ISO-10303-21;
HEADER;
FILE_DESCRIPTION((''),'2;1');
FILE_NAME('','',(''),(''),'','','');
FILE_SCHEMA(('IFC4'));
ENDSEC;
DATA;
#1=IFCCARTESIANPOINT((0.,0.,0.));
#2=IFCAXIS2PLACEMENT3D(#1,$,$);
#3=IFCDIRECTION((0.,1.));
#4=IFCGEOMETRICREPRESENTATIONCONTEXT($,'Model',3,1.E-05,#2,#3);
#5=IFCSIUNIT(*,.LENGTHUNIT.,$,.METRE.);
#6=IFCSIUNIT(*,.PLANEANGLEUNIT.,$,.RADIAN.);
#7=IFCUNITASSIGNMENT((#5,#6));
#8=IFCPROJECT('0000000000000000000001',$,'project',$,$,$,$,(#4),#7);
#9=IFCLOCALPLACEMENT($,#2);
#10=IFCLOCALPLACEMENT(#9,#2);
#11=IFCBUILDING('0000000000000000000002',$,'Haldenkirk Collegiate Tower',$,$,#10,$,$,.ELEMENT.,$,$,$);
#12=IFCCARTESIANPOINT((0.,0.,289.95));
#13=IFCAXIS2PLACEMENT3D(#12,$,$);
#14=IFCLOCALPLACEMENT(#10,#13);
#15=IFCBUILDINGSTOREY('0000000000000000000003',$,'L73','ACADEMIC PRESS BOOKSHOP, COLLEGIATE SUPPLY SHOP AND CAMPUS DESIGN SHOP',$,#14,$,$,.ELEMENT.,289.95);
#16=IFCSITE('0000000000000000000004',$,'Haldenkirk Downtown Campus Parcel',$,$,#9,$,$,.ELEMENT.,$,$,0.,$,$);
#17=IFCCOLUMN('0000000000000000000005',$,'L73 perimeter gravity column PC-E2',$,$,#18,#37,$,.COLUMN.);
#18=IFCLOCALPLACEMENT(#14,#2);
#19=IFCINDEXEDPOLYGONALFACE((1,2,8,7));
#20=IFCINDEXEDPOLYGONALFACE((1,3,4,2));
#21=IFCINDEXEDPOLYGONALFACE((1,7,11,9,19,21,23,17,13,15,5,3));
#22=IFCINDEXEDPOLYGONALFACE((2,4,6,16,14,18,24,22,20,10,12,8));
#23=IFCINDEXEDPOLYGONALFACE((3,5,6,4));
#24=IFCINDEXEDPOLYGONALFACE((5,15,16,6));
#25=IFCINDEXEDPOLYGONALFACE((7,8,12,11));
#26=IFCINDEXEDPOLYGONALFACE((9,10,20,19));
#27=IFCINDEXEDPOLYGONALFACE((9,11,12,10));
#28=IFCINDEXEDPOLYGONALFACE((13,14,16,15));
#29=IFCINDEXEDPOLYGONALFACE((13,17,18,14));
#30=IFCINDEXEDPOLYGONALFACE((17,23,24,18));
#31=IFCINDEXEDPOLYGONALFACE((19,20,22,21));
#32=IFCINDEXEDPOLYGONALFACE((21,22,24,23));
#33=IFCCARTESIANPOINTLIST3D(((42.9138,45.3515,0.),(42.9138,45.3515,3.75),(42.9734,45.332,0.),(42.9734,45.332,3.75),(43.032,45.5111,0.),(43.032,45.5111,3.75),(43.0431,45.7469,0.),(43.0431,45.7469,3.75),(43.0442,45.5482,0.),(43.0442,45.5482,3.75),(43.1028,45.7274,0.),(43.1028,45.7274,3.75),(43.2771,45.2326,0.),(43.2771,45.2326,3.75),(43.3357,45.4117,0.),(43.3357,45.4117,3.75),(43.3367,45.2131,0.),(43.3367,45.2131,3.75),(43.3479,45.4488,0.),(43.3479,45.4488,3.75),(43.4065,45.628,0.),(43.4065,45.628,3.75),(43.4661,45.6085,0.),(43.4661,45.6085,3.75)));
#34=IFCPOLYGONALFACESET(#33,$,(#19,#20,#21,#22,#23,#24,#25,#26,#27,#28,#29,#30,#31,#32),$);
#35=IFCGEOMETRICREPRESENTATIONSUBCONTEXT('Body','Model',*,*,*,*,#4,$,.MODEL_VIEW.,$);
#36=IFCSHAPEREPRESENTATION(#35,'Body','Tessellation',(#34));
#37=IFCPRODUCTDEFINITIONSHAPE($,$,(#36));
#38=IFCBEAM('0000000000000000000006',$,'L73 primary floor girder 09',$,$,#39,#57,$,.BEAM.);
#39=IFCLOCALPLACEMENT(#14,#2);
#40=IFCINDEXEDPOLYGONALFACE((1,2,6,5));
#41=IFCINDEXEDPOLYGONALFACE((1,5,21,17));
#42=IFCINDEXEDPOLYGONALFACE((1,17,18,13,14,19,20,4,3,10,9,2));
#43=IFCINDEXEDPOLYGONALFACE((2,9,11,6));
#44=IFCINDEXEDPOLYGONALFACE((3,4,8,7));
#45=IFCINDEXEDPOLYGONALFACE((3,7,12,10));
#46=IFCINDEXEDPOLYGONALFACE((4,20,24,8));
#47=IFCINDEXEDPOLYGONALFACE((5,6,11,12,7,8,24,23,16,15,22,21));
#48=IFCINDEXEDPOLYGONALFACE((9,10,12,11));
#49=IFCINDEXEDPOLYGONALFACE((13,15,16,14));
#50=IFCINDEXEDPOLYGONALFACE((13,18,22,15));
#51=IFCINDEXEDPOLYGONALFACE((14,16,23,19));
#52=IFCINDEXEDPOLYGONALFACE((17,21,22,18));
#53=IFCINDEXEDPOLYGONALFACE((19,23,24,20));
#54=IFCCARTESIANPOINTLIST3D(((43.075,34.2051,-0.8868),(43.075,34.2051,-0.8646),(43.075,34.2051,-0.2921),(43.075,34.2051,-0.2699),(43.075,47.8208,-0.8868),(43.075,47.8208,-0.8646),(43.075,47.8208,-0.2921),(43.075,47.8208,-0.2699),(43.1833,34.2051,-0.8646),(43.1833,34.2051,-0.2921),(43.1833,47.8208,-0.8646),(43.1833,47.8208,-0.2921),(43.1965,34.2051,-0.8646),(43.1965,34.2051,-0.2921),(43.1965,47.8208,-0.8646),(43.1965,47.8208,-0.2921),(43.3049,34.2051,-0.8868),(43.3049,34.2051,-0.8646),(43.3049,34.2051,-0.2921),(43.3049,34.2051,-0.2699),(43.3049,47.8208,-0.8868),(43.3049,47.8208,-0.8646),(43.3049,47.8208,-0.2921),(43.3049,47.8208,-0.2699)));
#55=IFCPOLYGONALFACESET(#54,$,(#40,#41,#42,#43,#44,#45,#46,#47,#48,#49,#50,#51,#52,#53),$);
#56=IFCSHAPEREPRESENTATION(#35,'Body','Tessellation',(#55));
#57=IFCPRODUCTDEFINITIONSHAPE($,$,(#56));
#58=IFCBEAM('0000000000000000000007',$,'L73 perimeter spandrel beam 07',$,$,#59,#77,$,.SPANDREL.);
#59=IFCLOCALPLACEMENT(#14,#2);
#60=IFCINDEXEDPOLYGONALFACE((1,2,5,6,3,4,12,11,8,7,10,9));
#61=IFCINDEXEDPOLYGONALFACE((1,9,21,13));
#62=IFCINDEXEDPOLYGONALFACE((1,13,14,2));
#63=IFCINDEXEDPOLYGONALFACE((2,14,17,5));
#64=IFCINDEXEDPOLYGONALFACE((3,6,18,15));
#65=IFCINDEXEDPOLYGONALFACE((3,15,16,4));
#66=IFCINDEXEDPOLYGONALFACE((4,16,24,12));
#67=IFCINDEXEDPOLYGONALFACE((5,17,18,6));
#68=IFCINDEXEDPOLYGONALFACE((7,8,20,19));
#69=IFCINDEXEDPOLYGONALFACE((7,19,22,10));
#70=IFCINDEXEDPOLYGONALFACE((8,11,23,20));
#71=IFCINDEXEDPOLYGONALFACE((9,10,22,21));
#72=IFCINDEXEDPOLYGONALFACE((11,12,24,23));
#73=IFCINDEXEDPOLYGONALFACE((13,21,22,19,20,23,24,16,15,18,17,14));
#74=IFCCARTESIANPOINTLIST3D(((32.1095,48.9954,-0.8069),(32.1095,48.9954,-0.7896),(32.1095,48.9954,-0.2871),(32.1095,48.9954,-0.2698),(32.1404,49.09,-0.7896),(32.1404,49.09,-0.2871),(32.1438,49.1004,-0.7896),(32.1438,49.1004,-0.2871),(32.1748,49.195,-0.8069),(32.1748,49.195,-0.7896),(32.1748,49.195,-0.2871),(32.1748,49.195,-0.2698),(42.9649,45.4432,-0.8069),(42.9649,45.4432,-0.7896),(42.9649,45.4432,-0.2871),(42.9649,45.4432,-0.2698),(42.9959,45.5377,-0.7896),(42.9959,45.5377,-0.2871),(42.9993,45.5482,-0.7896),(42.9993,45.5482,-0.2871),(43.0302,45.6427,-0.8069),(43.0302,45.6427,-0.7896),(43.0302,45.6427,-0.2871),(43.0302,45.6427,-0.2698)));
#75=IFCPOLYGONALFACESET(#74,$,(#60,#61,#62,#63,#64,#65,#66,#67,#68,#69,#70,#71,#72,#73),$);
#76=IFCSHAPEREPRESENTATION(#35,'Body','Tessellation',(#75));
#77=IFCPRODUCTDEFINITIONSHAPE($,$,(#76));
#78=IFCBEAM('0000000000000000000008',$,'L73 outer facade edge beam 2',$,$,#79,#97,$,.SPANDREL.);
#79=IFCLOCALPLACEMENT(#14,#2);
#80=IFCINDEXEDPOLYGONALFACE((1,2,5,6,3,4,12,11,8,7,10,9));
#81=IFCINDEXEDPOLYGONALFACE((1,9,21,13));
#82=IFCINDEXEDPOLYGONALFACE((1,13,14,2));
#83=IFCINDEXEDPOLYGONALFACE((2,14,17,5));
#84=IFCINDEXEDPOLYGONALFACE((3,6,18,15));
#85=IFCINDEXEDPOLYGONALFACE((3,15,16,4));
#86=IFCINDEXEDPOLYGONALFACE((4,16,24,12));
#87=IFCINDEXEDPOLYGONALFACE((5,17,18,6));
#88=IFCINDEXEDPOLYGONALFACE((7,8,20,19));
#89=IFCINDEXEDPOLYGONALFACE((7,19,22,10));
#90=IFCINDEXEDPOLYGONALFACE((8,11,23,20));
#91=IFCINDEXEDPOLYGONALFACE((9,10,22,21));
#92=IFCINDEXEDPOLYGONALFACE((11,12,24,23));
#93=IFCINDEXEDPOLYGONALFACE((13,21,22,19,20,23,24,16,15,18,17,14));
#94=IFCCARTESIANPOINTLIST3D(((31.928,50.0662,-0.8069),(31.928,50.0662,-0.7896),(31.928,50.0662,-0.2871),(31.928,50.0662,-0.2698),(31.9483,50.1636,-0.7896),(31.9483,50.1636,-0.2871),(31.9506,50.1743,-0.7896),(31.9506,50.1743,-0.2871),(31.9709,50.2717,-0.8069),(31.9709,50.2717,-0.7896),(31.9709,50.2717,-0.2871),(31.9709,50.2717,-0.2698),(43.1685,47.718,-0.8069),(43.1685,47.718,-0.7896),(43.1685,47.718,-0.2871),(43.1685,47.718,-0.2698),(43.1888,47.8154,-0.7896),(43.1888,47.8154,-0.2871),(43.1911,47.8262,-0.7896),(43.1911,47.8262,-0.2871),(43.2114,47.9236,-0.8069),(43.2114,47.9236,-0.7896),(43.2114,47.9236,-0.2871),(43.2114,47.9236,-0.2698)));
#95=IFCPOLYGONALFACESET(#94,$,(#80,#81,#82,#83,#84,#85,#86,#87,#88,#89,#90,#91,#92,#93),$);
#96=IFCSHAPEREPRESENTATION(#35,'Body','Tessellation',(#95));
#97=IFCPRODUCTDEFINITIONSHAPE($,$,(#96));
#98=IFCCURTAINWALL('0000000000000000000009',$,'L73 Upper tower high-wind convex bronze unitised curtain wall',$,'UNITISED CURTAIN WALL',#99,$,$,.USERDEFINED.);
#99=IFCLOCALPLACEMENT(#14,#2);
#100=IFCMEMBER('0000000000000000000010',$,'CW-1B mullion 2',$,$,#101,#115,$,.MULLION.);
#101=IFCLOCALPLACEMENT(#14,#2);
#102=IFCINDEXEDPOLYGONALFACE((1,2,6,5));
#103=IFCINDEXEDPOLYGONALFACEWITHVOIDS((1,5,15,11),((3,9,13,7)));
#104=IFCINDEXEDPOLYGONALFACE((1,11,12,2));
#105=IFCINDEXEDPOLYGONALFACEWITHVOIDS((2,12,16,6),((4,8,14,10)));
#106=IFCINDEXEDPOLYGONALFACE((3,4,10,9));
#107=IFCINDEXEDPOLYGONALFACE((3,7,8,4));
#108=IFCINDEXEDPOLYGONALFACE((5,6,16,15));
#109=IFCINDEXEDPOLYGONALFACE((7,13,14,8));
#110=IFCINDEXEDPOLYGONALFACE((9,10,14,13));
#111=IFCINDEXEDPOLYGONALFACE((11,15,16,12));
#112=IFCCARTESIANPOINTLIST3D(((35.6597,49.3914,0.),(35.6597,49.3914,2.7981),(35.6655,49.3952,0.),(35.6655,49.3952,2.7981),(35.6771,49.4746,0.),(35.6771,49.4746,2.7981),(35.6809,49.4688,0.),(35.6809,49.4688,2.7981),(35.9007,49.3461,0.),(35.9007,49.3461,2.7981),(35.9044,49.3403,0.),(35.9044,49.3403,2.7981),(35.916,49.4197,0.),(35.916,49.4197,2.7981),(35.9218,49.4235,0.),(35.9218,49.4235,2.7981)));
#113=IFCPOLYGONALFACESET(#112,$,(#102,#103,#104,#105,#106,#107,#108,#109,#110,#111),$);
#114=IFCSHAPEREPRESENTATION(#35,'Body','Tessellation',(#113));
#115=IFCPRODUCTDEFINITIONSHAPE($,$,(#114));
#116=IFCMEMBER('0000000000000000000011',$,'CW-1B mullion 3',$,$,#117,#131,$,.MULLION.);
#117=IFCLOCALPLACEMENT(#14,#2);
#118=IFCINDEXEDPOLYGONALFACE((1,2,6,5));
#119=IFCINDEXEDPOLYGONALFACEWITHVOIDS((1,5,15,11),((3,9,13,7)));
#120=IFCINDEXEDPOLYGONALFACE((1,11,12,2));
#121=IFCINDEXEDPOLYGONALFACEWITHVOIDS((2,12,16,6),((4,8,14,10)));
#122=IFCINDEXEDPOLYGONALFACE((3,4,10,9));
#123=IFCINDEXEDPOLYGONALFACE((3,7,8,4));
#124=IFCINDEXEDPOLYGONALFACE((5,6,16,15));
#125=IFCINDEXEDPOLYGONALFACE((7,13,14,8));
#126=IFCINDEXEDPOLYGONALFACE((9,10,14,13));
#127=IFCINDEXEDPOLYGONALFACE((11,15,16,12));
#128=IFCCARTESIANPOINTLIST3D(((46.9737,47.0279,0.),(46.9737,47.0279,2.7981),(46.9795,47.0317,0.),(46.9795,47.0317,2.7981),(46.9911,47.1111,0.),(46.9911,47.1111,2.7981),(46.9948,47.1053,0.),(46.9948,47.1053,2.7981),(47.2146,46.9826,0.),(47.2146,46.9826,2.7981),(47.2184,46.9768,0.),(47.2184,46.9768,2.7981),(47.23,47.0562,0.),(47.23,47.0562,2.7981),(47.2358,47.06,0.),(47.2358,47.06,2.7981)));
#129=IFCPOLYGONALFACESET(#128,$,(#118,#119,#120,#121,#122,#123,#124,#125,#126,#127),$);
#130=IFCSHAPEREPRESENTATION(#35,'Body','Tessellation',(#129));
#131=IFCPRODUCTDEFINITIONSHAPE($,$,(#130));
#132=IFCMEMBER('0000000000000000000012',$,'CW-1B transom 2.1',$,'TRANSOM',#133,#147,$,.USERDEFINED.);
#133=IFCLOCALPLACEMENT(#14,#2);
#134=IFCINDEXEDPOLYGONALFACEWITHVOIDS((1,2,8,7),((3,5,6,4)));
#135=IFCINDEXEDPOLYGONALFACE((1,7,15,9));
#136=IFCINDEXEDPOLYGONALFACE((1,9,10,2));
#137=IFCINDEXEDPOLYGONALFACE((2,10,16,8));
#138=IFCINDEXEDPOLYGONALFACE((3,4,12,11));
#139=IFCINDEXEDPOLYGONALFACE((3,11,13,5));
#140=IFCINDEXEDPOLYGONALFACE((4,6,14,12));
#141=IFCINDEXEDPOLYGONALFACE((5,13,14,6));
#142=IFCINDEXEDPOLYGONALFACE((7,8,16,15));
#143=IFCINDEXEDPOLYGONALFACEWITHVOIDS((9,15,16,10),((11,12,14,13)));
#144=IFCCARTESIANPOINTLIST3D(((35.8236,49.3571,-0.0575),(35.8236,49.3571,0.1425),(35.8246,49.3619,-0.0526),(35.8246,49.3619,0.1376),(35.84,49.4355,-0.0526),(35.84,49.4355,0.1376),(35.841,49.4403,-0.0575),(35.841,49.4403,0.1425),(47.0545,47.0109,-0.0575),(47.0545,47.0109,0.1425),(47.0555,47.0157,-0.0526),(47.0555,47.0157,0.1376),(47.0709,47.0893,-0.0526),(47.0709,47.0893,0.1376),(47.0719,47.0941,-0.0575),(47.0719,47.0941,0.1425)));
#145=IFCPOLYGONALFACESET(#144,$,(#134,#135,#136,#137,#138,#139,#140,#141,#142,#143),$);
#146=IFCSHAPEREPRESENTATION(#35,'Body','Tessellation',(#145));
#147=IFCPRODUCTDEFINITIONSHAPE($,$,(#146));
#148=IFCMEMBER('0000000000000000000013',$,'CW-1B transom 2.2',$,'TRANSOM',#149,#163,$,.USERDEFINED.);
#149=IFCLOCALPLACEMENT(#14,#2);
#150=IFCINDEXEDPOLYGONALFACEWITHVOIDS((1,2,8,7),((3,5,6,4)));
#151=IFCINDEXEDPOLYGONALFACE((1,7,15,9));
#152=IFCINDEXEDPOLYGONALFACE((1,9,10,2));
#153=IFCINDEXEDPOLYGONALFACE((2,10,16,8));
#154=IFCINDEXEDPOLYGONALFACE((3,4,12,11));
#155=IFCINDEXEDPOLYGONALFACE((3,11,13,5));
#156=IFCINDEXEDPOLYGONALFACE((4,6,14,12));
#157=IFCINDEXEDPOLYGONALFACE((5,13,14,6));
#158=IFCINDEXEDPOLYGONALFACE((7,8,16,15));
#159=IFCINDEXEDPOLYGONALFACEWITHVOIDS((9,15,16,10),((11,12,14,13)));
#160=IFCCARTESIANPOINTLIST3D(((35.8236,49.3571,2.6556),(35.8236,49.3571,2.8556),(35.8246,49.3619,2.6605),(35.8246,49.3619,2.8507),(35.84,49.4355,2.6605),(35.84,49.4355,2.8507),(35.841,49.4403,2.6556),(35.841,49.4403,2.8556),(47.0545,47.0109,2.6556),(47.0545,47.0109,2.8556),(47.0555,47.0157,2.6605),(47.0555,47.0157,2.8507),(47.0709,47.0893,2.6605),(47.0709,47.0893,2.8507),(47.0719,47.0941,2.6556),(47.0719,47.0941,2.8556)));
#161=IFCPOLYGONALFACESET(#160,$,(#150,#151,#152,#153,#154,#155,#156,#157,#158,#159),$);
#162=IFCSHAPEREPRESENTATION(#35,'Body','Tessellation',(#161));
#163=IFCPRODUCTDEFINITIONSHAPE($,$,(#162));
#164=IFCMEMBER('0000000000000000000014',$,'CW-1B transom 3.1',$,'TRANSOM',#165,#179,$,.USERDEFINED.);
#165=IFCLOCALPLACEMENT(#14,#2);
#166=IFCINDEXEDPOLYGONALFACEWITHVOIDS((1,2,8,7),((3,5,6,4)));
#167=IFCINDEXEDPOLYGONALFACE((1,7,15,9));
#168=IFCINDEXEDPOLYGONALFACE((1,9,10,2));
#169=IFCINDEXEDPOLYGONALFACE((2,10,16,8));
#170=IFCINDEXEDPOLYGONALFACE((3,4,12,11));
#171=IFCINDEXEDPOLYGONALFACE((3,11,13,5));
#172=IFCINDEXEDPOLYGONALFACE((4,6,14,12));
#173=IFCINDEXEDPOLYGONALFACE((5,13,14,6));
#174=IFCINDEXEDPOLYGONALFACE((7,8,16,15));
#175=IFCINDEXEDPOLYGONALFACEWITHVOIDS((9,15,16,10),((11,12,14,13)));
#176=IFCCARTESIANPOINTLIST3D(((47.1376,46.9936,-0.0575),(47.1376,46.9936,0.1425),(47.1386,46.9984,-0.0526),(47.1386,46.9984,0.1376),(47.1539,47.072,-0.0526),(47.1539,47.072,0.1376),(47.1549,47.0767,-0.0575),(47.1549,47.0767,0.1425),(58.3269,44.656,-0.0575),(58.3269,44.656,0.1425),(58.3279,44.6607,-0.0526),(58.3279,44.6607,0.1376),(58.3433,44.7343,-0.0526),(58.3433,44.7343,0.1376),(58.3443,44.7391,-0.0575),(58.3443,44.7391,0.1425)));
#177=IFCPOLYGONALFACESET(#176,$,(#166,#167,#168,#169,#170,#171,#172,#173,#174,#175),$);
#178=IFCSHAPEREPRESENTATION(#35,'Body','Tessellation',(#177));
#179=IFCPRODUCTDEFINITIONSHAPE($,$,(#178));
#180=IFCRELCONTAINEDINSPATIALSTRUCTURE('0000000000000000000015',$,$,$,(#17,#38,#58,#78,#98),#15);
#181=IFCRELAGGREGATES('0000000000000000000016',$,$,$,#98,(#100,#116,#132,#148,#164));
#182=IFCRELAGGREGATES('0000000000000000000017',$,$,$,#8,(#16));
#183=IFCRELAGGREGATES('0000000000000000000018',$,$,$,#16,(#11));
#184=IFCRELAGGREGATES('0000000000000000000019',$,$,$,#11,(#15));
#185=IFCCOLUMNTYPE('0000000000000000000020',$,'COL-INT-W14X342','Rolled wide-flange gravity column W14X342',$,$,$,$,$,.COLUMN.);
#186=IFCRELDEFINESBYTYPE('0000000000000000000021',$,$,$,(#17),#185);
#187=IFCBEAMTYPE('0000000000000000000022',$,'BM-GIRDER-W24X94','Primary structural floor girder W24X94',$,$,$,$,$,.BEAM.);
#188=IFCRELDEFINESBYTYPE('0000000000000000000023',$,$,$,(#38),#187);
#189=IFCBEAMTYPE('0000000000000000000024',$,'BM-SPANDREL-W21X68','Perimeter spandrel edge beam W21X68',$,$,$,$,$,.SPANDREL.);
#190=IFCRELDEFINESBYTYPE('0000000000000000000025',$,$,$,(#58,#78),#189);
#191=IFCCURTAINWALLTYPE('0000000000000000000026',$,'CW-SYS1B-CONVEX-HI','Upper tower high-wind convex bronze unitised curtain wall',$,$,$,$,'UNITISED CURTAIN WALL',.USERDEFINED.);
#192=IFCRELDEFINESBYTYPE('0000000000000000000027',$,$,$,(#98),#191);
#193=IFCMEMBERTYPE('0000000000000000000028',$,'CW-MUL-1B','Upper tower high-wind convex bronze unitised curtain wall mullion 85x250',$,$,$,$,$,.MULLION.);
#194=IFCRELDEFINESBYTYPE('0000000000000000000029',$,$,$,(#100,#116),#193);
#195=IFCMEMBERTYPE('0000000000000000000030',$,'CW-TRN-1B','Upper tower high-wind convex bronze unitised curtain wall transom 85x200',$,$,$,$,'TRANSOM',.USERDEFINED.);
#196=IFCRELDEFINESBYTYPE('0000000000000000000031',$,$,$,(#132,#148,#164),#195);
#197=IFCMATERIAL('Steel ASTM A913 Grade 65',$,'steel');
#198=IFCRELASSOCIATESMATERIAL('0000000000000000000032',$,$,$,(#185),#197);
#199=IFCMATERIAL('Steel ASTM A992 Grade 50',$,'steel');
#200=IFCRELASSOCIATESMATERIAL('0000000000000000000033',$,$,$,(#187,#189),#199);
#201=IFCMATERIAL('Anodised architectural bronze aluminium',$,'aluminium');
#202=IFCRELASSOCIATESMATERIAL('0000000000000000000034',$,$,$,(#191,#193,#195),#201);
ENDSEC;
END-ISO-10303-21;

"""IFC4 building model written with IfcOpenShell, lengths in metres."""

from ifc_helpers import new_model, si_unit, direction, frame, origin, origin_2d, place, context, subcontext, project, spatial, hollow_rectangle, i_section, extrude, material, material_profile, profile_set, type_object, element, aggregate, save


model = new_model("IFC4")

# Units and contexts
model_context = context("Model", 3, precision=1e-05, world=origin(), true_north=direction((0.0, 1.0)))
body_context = subcontext(model_context, "Body", "Model", "MODEL_VIEW")
ifc_project = project(units=[si_unit("LENGTHUNIT", "METRE"), si_unit("PLANEANGLEUNIT", "RADIAN")], contexts=[model_context])

# Site, building, storey
site_placement = place(None, origin())
site = spatial("IfcSite", under=ifc_project, at=site_placement, Name="Haldenkirk Downtown Campus Parcel", CompositionType="ELEMENT", RefElevation=0.0)
building_placement = place(site_placement, origin())
building = spatial("IfcBuilding", under=site, at=building_placement, Name="Haldenkirk Collegiate Tower", CompositionType="ELEMENT")
storey_placement = place(building_placement, frame((0.0, 0.0, 289.95)))
storey = spatial("IfcBuildingStorey", under=building, at=storey_placement, Name="L73", Description="ACADEMIC PRESS BOOKSHOP, COLLEGIATE SUPPLY SHOP AND CAMPUS DESIGN SHOP", CompositionType="ELEMENT", Elevation=289.95)

# Column
ifc_material_1 = material(Name="Steel ASTM A913 Grade 65", Category="steel")
ifc_material_profile_1 = material_profile(ifc_material_1, i_section(OverallWidth=0.416, OverallDepth=0.4451, WebThickness=0.0391, FlangeThickness=0.0627, at=origin_2d()), Name="W14X342")
ifc_profile_set_1 = profile_set([ifc_material_profile_1], Name="Steel ASTM A913 Grade 65")
column_type = type_object("IfcColumnType", Name="COL-INT-W14X342", Description="Rolled wide-flange gravity column W14X342", PredefinedType="COLUMN", material=ifc_profile_set_1)
column_placement = place(storey_placement, frame((43.1899, 45.48, 0.0), z_axis=(0.0, 0.0, 1.0), x_axis=(0.311008, 0.950407, 0.0)))
element("IfcColumn", 1, at=column_placement, inside=storey, type_object=column_type, Name="L73 perimeter gravity column PC-E2", PredefinedType="COLUMN", context=body_context, shape_type="SweptSolid", body=[
    extrude(i_section(OverallWidth=0.416, OverallDepth=0.4451, WebThickness=0.0391, FlangeThickness=0.0627, at=origin_2d()), origin(), (0.0, 0.0, 1.0), 3.75),
])

# Beams
ifc_material_2 = material(Name="Steel ASTM A992 Grade 50", Category="steel")
ifc_material_profile_2 = material_profile(ifc_material_2, i_section(OverallWidth=0.23, OverallDepth=0.6169, WebThickness=0.0132, FlangeThickness=0.0222, at=origin_2d()), Name="W24X94")
ifc_profile_set_2 = profile_set([ifc_material_profile_2], Name="Steel ASTM A992 Grade 50")
beam_type_1 = type_object("IfcBeamType", Name="BM-GIRDER-W24X94", Description="Primary structural floor girder W24X94", PredefinedType="BEAM", material=ifc_profile_set_2)
beam_1_placement = place(storey_placement, frame((43.1899, 47.8208, -0.5784), z_axis=(0.0, -1.0, 0.0), x_axis=(1.0, 0.0, 0.0)))
element("IfcBeam", 2, at=beam_1_placement, inside=storey, type_object=beam_type_1, Name="L73 primary floor girder 09", PredefinedType="BEAM", context=body_context, shape_type="SweptSolid", body=[
    extrude(i_section(OverallWidth=0.23, OverallDepth=0.6169, WebThickness=0.0132, FlangeThickness=0.0222, at=origin_2d()), origin(), (0.0, 0.0, 1.0), 13.6157),
])
ifc_material_profile_3 = material_profile(ifc_material_2, i_section(OverallWidth=0.21, OverallDepth=0.5371, WebThickness=0.011, FlangeThickness=0.0173, at=origin_2d()), Name="W21X68")
ifc_profile_set_3 = profile_set([ifc_material_profile_3], Name="Steel ASTM A992 Grade 50")
beam_type_2 = type_object("IfcBeamType", Name="BM-SPANDREL-W21X68", Description="Perimeter spandrel edge beam W21X68", PredefinedType="SPANDREL", material=ifc_profile_set_3)
beam_2_placement = place(storey_placement, frame((42.9976, 45.543, -0.5383), z_axis=(-0.950409, 0.311003, 0.0), x_axis=(-0.311003, -0.950409, 0.0)))
element("IfcBeam", 3, at=beam_2_placement, inside=storey, type_object=beam_type_2, Name="L73 perimeter spandrel beam 07", PredefinedType="SPANDREL", context=body_context, shape_type="SweptSolid", body=[
    extrude(i_section(OverallWidth=0.21, OverallDepth=0.5371, WebThickness=0.011, FlangeThickness=0.0173, at=origin_2d()), origin(), (0.0, 0.0, 1.0), 11.4219),
])
beam_3_placement = place(storey_placement, frame((43.1899, 47.8208, -0.5383), z_axis=(-0.978869, 0.204487, 0.0), x_axis=(-0.204487, -0.978869, 0.0)))
element("IfcBeam", 4, at=beam_3_placement, inside=storey, type_object=beam_type_2, Name="L73 outer facade edge beam 2", PredefinedType="SPANDREL", context=body_context, shape_type="SweptSolid", body=[
    extrude(i_section(OverallWidth=0.21, OverallDepth=0.5371, WebThickness=0.011, FlangeThickness=0.0173, at=origin_2d()), origin(), (0.0, 0.0, 1.0), 11.4832),
])

# Curtain wall, members
ifc_material_3 = material(Name="Anodised architectural bronze aluminium", Category="aluminium")
curtain_wall_type = type_object("IfcCurtainWallType", Name="CW-SYS1B-CONVEX-HI", Description="Upper tower high-wind convex bronze unitised curtain wall", ElementType="UNITISED CURTAIN WALL", PredefinedType="USERDEFINED", material=ifc_material_3)
curtain_wall_placement = place(storey_placement, origin())
curtain_wall = element("IfcCurtainWall", 5, at=curtain_wall_placement, inside=storey, type_object=curtain_wall_type, Name="L73 Upper tower high-wind convex bronze unitised curtain wall", ObjectType="UNITISED CURTAIN WALL", PredefinedType="USERDEFINED")
ifc_material_profile_4 = material_profile(ifc_material_3, hollow_rectangle(XDim=0.085, YDim=0.25, WallThickness=0.0049, at=origin_2d()), Name="CW-MUL-1B")
ifc_profile_set_4 = profile_set([ifc_material_profile_4], Name="Anodised architectural bronze aluminium")
member_type_1 = type_object("IfcMemberType", Name="CW-MUL-1B", Description="Upper tower high-wind convex bronze unitised curtain wall mullion 85x250", PredefinedType="MULLION", material=ifc_profile_set_4)
member_1_placement = place(storey_placement, frame((35.7908, 49.4075, 0.0), z_axis=(0.0, 0.0, 1.0), x_axis=(0.204496, 0.978867, 0.0)))
member_1 = element("IfcMember", 6, at=member_1_placement, type_object=member_type_1, Name="CW-1B mullion 2", PredefinedType="MULLION", context=body_context, shape_type="SweptSolid", body=[
    extrude(hollow_rectangle(XDim=0.085, YDim=0.25, WallThickness=0.0049, at=origin_2d()), origin(), (0.0, 0.0, 1.0), 2.7981),
])
member_2_placement = place(storey_placement, frame((47.1047, 47.0439, 0.0), z_axis=(0.0, 0.0, 1.0), x_axis=(0.204496, 0.978867, 0.0)))
member_2 = element("IfcMember", 7, at=member_2_placement, type_object=member_type_1, Name="CW-1B mullion 3", PredefinedType="MULLION", context=body_context, shape_type="SweptSolid", body=[
    extrude(hollow_rectangle(XDim=0.085, YDim=0.25, WallThickness=0.0049, at=origin_2d()), origin(), (0.0, 0.0, 1.0), 2.7981),
])
ifc_material_profile_5 = material_profile(ifc_material_3, hollow_rectangle(XDim=0.085, YDim=0.2, WallThickness=0.0049, at=origin_2d()), Name="CW-TRN-1B")
ifc_profile_set_5 = profile_set([ifc_material_profile_5], Name="Anodised architectural bronze aluminium")
member_type_2 = type_object("IfcMemberType", Name="CW-TRN-1B", Description="Upper tower high-wind convex bronze unitised curtain wall transom 85x200", ElementType="TRANSOM", PredefinedType="USERDEFINED", material=ifc_profile_set_5)
member_3_placement = place(storey_placement, frame((35.8323, 49.3987, 0.0425), z_axis=(0.978869, -0.20449, 0.0), x_axis=(0.20449, 0.978869, 0.0)))
member_3 = element("IfcMember", 8, at=member_3_placement, type_object=member_type_2, Name="CW-1B transom 2.1", ObjectType="TRANSOM", PredefinedType="USERDEFINED", context=body_context, shape_type="SweptSolid", body=[
    extrude(hollow_rectangle(XDim=0.085, YDim=0.2, WallThickness=0.0049, at=origin_2d()), origin(), (0.0, 0.0, 1.0), 11.4734),
])
member_4_placement = place(storey_placement, frame((35.8323, 49.3987, 2.7556), z_axis=(0.978869, -0.20449, 0.0), x_axis=(0.20449, 0.978869, 0.0)))
member_4 = element("IfcMember", 9, at=member_4_placement, type_object=member_type_2, Name="CW-1B transom 2.2", ObjectType="TRANSOM", PredefinedType="USERDEFINED", context=body_context, shape_type="SweptSolid", body=[
    extrude(hollow_rectangle(XDim=0.085, YDim=0.2, WallThickness=0.0049, at=origin_2d()), origin(), (0.0, 0.0, 1.0), 11.4734),
])
member_5_placement = place(storey_placement, frame((47.1462, 47.0352, 0.0425), z_axis=(0.978867, -0.2045, 0.0), x_axis=(0.2045, 0.978867, 0.0)))
member_5 = element("IfcMember", 10, at=member_5_placement, type_object=member_type_2, Name="CW-1B transom 3.1", ObjectType="TRANSOM", PredefinedType="USERDEFINED", context=body_context, shape_type="SweptSolid", body=[
    extrude(hollow_rectangle(XDim=0.085, YDim=0.2, WallThickness=0.0049, at=origin_2d()), origin(), (0.0, 0.0, 1.0), 11.4309),
])

aggregate(curtain_wall, [member_1, member_2, member_3, member_4, member_5])

save(model, "model.ifc")
